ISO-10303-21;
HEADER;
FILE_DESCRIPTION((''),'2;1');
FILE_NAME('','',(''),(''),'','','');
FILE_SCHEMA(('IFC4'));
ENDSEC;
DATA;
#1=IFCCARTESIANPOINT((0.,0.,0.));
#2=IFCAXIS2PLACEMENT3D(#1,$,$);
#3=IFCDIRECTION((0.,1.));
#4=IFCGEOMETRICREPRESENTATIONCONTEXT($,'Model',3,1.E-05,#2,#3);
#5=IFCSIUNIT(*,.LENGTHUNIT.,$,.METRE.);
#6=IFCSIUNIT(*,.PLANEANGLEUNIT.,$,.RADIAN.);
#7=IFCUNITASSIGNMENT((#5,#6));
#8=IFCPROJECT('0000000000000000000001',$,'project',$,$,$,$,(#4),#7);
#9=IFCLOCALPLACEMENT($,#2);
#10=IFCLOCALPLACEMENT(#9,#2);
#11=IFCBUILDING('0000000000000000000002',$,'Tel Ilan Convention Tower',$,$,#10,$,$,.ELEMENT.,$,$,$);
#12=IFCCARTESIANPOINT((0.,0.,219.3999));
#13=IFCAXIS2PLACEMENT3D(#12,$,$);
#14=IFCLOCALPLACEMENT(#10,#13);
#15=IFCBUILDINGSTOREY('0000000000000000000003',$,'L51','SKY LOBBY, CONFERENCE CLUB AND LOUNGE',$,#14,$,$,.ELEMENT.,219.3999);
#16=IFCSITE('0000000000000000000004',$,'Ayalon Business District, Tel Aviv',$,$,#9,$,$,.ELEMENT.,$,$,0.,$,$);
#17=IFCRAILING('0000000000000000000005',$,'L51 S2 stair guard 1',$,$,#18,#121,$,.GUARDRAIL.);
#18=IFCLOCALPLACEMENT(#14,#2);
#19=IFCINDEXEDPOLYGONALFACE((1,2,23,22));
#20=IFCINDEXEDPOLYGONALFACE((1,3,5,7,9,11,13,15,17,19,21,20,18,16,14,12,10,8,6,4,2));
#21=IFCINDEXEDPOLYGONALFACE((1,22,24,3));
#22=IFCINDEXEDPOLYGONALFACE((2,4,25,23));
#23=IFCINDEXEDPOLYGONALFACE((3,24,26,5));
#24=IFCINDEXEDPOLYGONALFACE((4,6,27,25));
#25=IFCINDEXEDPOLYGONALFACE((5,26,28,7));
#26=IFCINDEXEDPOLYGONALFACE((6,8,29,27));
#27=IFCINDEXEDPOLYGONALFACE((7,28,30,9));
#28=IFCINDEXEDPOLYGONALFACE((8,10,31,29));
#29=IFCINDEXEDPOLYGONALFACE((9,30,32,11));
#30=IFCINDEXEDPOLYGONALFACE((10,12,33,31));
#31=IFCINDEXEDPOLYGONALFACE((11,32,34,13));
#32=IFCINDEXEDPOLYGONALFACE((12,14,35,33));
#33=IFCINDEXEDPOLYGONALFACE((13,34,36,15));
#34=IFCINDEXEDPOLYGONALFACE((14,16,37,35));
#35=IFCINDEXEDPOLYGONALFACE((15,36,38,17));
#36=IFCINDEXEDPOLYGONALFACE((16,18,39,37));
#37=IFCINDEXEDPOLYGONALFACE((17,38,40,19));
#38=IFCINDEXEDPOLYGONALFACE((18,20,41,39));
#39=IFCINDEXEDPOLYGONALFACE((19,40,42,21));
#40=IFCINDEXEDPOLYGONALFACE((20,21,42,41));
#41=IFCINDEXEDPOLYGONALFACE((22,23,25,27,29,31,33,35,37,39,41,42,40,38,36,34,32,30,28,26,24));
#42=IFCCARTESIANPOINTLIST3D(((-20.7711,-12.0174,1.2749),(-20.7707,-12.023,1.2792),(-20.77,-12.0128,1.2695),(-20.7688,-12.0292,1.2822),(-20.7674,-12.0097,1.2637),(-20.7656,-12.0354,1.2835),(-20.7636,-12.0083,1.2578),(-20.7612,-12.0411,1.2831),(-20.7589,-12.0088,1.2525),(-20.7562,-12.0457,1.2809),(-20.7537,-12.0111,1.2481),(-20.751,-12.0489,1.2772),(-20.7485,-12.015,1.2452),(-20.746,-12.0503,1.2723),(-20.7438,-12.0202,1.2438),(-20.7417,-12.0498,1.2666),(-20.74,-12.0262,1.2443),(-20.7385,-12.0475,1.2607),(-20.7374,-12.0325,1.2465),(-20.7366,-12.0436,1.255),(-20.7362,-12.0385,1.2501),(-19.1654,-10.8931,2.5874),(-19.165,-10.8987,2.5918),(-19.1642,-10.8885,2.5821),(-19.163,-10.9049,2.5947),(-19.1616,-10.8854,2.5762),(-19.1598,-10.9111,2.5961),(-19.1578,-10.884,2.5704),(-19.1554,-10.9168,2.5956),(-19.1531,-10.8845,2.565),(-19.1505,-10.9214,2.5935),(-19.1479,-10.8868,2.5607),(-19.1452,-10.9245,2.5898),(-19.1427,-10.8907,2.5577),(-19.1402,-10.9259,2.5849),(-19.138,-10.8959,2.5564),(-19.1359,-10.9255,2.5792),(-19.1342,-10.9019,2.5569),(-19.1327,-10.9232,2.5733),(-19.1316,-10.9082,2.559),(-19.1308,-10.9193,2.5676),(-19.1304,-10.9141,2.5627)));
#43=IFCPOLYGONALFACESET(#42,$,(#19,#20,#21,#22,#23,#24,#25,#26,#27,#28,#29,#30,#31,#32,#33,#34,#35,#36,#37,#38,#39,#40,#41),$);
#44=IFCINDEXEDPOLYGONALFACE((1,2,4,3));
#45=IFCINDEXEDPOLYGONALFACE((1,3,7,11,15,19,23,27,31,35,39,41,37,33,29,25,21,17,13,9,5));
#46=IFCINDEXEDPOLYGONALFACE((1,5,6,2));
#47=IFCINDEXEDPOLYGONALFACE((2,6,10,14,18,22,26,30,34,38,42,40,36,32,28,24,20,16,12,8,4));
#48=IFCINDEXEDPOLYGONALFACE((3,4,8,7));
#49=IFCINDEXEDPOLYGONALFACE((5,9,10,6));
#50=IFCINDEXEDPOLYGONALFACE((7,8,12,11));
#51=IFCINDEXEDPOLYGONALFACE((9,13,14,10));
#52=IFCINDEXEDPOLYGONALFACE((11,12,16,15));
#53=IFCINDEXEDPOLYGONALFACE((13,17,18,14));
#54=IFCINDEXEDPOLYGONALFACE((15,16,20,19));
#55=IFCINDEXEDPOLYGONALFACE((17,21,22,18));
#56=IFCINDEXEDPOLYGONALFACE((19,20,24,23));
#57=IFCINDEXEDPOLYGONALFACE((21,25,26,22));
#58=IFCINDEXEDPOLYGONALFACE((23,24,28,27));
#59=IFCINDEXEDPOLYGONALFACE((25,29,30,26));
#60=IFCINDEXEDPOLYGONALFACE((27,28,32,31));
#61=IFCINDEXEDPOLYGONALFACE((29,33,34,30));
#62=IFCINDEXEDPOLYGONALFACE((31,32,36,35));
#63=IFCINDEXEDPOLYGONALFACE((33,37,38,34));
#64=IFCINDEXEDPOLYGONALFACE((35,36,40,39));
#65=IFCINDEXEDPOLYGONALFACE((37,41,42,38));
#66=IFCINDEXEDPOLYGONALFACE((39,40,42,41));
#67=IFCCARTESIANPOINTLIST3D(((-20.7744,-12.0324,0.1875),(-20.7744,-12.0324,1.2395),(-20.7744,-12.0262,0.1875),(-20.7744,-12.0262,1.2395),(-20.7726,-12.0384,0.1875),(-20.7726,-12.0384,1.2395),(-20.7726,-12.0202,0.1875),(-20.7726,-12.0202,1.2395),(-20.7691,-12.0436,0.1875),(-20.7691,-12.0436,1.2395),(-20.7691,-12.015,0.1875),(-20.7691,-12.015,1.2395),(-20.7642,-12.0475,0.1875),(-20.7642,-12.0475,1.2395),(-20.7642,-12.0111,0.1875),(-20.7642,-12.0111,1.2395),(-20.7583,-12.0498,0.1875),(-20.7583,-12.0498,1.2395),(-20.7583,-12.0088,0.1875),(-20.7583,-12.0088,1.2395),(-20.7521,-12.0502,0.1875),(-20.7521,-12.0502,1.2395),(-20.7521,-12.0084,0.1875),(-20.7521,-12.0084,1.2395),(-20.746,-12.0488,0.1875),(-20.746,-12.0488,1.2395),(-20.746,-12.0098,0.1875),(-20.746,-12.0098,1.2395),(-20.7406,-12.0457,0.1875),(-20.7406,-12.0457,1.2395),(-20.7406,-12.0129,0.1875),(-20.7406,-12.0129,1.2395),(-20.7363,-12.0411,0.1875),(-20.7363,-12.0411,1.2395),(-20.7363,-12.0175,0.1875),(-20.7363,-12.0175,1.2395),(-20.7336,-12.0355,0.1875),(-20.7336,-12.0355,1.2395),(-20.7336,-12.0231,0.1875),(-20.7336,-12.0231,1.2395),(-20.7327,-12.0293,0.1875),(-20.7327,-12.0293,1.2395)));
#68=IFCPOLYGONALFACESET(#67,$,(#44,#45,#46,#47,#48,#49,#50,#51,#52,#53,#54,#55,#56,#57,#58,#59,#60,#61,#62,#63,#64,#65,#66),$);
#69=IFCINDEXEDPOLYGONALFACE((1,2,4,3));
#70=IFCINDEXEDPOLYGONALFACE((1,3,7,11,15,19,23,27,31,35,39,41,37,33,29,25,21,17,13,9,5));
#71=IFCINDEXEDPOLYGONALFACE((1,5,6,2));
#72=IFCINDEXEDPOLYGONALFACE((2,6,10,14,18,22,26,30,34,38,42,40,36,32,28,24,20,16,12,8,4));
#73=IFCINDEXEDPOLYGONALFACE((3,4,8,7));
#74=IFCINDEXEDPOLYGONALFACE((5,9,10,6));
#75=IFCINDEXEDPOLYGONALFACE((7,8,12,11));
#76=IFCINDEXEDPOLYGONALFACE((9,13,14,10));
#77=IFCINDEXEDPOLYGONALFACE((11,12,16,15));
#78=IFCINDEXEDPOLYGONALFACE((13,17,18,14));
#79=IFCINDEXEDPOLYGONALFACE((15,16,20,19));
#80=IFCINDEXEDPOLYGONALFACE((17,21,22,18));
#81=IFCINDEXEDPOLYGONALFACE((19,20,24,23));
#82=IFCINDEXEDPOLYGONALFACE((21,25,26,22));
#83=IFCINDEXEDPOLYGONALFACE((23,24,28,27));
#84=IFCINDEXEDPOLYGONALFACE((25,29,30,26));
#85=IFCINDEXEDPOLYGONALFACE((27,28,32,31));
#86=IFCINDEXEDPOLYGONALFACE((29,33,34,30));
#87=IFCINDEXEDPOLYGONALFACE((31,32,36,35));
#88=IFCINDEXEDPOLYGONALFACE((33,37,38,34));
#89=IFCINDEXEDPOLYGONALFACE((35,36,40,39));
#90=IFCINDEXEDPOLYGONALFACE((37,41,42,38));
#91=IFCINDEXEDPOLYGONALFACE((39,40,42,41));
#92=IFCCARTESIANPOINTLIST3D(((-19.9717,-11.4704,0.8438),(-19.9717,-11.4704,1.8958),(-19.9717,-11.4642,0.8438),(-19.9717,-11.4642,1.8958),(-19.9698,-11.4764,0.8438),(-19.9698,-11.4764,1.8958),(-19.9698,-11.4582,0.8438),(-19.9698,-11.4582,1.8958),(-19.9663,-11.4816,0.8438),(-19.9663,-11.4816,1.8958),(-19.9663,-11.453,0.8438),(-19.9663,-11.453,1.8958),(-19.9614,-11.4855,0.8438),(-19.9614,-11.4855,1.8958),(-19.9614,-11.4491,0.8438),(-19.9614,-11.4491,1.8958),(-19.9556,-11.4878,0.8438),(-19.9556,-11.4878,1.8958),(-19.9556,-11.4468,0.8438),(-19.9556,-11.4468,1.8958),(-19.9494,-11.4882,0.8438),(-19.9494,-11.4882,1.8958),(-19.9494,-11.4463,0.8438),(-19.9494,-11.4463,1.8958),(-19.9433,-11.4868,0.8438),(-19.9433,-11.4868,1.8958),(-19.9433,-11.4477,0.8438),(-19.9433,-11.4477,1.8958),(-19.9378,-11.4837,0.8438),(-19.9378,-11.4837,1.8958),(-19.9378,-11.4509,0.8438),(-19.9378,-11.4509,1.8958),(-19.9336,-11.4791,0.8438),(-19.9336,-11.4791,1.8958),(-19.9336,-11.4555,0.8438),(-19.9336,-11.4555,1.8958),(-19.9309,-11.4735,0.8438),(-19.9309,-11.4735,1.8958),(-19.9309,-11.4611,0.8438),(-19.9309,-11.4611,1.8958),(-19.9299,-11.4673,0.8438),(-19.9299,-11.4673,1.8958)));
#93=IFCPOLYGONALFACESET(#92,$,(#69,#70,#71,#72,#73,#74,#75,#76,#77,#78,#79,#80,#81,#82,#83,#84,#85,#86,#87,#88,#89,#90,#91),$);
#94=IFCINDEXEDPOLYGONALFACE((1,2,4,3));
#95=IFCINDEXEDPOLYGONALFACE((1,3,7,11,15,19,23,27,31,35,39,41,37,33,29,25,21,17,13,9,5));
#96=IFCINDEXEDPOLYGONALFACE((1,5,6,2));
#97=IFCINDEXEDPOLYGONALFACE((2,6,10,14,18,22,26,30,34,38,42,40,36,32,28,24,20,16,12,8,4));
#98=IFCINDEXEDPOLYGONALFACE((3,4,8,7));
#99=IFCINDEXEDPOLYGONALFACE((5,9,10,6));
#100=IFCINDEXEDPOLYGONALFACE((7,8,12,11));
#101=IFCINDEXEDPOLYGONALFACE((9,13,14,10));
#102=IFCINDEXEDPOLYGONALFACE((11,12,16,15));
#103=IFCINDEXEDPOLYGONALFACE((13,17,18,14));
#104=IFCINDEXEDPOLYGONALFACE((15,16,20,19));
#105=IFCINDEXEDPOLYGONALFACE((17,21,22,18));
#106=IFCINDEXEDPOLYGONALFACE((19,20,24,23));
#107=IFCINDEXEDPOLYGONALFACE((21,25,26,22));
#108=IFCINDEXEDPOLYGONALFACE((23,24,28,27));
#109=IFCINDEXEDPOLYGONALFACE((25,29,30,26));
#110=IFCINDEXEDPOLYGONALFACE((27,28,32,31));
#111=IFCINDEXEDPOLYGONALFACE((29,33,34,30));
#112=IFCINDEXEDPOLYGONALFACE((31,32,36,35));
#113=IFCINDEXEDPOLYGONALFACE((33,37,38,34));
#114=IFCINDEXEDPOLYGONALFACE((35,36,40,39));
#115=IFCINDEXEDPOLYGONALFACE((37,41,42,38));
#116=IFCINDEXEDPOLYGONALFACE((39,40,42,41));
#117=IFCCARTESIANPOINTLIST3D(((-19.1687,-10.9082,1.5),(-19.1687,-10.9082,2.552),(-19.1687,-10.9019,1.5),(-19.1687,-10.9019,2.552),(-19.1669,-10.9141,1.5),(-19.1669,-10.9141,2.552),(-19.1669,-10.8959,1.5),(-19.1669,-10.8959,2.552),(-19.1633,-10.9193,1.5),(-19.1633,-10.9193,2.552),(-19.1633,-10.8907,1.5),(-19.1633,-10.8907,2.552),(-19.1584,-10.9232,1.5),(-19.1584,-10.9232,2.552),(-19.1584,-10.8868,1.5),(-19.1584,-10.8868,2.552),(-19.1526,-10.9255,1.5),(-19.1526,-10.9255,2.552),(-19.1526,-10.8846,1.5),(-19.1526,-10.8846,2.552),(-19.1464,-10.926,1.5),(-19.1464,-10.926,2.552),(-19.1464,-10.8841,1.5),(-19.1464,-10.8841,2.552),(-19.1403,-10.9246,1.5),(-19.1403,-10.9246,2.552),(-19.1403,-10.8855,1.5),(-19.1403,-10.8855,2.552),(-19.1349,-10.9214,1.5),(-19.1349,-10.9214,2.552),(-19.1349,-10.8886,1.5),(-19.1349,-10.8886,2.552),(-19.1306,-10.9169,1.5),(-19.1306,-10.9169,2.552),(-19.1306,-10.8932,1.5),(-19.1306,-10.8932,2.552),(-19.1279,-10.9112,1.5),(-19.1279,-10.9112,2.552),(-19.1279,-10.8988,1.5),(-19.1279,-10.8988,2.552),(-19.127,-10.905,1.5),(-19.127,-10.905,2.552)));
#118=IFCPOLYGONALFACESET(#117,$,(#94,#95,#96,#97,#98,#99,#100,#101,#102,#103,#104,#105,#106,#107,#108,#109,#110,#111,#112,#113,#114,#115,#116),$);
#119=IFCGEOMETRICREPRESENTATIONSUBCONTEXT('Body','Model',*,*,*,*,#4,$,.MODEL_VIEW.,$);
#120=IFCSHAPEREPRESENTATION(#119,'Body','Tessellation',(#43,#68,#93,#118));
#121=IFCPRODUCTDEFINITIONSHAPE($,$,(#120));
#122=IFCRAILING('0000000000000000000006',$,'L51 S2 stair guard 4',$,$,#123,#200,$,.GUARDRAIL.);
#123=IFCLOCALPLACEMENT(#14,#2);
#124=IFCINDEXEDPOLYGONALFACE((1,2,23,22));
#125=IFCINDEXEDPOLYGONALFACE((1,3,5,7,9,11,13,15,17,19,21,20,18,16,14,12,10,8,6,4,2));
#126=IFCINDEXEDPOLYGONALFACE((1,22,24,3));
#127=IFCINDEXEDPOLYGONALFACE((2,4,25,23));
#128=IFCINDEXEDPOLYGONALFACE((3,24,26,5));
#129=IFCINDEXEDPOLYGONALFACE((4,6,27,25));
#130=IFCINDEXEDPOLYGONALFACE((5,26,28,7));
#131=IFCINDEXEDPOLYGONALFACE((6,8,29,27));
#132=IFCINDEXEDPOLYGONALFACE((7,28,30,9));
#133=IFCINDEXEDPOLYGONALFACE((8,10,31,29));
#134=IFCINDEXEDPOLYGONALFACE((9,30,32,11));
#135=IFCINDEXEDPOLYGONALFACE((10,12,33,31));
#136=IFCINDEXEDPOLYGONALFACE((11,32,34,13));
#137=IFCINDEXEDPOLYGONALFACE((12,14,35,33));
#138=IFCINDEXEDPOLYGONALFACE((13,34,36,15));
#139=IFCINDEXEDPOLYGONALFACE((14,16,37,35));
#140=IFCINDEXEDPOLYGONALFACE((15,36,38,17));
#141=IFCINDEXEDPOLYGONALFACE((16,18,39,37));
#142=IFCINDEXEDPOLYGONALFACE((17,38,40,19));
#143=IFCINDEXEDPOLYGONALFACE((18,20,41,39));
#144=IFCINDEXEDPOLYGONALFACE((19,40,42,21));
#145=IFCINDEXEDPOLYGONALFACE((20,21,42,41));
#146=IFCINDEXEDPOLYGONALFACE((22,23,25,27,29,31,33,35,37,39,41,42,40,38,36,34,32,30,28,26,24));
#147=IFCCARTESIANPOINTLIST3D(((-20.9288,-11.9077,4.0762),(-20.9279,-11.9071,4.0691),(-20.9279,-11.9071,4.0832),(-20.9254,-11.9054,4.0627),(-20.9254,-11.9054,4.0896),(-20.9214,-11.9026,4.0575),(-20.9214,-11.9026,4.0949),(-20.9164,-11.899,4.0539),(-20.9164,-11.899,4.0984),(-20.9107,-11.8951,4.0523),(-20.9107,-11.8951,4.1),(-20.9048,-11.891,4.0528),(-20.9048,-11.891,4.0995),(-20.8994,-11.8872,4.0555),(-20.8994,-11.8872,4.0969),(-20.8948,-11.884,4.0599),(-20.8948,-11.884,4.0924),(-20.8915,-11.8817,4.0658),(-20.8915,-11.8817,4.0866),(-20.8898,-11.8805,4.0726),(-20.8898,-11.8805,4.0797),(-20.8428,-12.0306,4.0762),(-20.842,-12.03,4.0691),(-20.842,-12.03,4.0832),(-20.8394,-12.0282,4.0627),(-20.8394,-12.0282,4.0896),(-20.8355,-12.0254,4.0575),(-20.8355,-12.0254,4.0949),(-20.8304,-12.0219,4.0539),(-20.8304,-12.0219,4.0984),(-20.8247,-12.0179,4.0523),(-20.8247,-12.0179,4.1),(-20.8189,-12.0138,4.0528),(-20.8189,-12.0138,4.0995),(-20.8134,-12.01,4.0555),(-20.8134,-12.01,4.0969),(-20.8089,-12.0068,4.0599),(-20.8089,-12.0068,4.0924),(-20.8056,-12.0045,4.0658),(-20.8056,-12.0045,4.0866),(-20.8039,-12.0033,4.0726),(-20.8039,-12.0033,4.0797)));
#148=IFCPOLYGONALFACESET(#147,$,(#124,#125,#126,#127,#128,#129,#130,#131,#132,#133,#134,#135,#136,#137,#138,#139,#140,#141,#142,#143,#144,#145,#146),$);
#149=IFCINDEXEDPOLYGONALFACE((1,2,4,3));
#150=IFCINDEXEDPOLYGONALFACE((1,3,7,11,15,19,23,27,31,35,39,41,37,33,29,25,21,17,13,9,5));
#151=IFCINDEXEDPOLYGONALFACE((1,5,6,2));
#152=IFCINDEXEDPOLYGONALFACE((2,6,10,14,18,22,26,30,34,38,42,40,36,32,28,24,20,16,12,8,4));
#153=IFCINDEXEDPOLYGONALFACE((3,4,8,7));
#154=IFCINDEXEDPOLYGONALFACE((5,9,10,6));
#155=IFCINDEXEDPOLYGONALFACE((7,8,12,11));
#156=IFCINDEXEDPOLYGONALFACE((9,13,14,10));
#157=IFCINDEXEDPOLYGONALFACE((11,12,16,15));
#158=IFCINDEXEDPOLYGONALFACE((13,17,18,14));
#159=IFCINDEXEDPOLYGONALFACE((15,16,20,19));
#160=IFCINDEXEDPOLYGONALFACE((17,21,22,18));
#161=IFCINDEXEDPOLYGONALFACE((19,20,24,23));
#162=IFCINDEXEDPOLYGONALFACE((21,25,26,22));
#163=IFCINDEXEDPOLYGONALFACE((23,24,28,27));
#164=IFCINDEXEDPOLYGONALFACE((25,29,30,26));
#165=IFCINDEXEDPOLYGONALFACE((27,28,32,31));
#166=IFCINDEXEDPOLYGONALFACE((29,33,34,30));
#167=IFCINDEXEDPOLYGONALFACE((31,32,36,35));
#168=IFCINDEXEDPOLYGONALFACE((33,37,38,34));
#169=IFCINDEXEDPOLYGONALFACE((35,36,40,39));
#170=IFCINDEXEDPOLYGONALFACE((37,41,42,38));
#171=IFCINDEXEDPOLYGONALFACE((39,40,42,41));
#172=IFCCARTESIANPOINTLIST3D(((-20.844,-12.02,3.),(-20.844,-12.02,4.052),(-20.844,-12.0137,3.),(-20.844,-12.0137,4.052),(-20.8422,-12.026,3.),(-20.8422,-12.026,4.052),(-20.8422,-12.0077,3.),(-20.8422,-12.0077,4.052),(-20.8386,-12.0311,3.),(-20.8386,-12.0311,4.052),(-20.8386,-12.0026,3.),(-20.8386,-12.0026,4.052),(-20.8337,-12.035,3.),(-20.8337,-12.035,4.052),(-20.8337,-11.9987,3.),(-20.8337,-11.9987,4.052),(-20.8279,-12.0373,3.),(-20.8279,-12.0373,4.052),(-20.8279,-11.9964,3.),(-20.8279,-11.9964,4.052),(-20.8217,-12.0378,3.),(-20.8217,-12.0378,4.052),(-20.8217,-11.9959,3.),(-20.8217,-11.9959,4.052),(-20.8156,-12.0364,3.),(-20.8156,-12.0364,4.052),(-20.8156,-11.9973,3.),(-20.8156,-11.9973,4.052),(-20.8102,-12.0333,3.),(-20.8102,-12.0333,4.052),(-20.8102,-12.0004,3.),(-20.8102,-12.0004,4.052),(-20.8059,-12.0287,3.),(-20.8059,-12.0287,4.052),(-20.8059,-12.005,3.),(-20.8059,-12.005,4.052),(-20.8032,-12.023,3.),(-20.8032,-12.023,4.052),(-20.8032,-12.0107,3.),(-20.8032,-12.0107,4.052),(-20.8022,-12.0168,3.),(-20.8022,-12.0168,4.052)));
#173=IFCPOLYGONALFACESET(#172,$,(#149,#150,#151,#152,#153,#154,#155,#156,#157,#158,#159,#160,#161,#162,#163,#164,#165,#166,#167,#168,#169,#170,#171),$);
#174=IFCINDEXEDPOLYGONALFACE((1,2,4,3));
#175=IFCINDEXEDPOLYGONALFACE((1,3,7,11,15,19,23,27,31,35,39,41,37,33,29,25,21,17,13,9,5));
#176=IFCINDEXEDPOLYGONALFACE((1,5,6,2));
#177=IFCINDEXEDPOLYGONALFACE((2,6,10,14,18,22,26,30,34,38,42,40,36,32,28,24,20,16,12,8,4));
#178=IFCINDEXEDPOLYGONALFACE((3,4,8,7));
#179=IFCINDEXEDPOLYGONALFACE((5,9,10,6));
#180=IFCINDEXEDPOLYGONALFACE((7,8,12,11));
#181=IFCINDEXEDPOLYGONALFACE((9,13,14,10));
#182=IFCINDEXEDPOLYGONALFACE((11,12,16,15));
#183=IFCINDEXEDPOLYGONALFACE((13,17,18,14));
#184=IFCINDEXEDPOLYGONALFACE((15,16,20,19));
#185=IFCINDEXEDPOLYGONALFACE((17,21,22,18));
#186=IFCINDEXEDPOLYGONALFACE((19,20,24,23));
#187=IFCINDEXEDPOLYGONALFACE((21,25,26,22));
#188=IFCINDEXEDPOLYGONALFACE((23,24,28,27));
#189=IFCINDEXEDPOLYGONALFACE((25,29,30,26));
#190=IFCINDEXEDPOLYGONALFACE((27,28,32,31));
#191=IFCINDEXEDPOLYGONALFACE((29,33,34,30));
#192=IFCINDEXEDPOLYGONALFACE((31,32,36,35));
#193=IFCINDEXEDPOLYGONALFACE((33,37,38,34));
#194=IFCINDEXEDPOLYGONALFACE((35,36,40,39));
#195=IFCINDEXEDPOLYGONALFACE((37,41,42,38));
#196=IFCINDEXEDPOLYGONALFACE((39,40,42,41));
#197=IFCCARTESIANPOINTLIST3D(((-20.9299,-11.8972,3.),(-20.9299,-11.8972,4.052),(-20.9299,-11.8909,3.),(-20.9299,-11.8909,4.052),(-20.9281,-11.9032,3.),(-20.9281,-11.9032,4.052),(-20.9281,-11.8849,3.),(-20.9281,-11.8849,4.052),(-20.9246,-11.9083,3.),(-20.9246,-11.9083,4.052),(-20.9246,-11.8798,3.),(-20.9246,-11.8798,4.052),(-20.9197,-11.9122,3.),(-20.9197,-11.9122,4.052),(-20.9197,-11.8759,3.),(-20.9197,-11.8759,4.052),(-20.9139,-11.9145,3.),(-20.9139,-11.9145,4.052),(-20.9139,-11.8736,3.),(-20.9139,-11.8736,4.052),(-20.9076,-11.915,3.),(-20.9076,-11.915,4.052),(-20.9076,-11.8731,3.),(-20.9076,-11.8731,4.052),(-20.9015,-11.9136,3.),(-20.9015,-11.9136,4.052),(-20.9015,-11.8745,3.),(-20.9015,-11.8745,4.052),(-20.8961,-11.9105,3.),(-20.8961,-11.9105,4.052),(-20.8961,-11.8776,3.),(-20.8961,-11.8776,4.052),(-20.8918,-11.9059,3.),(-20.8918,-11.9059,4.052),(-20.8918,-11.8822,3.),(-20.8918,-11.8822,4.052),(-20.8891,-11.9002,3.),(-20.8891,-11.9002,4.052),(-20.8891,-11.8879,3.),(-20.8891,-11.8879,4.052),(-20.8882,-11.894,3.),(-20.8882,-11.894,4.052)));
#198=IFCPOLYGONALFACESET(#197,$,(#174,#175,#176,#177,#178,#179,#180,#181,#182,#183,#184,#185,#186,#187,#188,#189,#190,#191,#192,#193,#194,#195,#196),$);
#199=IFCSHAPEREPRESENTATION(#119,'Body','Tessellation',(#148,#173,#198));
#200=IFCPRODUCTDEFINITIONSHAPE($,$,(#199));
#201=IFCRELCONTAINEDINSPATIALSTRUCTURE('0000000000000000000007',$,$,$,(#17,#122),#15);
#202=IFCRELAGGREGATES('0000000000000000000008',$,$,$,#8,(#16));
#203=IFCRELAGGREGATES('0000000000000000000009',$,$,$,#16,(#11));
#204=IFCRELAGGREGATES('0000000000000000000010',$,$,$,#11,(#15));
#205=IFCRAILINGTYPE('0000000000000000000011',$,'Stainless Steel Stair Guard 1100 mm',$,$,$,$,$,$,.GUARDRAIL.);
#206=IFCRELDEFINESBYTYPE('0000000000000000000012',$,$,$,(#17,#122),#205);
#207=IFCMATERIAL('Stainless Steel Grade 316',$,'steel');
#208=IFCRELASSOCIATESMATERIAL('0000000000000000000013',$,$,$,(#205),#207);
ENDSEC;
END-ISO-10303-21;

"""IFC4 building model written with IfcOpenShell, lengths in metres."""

from ifc_helpers import new_model, si_unit, direction, frame, origin, origin_2d, place, context, subcontext, project, spatial, circle, extrude, material, type_object, element, save


model = new_model("IFC4")

# Units and contexts
model_context = context("Model", 3, precision=1e-05, world=origin(), true_north=direction((0.0, 1.0)))
body_context = subcontext(model_context, "Body", "Model", "MODEL_VIEW")
ifc_project = project(units=[si_unit("LENGTHUNIT", "METRE"), si_unit("PLANEANGLEUNIT", "RADIAN")], contexts=[model_context])

# Site, building, storey
site_placement = place(None, origin())
site = spatial("IfcSite", under=ifc_project, at=site_placement, Name="Ayalon Business District, Tel Aviv", CompositionType="ELEMENT", RefElevation=0.0)
building_placement = place(site_placement, origin())
building = spatial("IfcBuilding", under=site, at=building_placement, Name="Tel Ilan Convention Tower", CompositionType="ELEMENT")
storey_placement = place(building_placement, frame((0.0, 0.0, 219.3999)))
storey = spatial("IfcBuildingStorey", under=building, at=storey_placement, Name="L51", Description="SKY LOBBY, CONFERENCE CLUB AND LOUNGE", CompositionType="ELEMENT", Elevation=219.3999)

# Railings
ifc_material_1 = material(Name="Stainless Steel Grade 316", Category="steel")
railing_type_1 = type_object("IfcRailingType", Name="Stainless Steel Stair Guard 1100 mm", PredefinedType="GUARDRAIL", material=ifc_material_1)
railing_1_placement = place(storey_placement, frame((-20.7537, -12.0293, 0.1875)))
element("IfcRailing", 1, at=railing_1_placement, inside=storey, type_object=railing_type_1, Name="L51 S2 stair guard 1", PredefinedType="GUARDRAIL", context=body_context, shape_type="SweptSolid", body=[
    extrude(circle(Radius=0.0239, at=origin_2d()), frame((0.0, 0.0, 1.0762), z_axis=(0.680671, 0.476584, 0.556376), x_axis=(-0.573554, 0.819168, 0.0)), (0.0, 0.0, 1.0), 2.3591),
    extrude(circle(Radius=0.021, at=origin_2d()), origin(), (0.0, 0.0, 1.0), 1.052),
    extrude(circle(Radius=0.021, at=origin_2d()), frame((0.8027, 0.562, 0.6562)), (0.0, 0.0, 1.0), 1.052),
    extrude(circle(Radius=0.021, at=origin_2d()), frame((1.6057, 1.1243, 1.3125)), (0.0, 0.0, 1.0), 1.052),
])
railing_2_placement = place(storey_placement, frame((-20.8232, -12.0168, 3.0)))
element("IfcRailing", 2, at=railing_2_placement, inside=storey, type_object=railing_type_1, Name="L51 S2 stair guard 4", PredefinedType="GUARDRAIL", context=body_context, shape_type="SweptSolid", body=[
    extrude(circle(Radius=0.0239, at=origin_2d()), frame((0.0, 0.0, 1.0762), z_axis=(-0.573353, 0.819308, 0.0), x_axis=(-0.819308, -0.573353, 0.0)), (0.0, 0.0, 1.0), 0.1499),
    extrude(circle(Radius=0.021, at=origin_2d()), origin(), (0.0, 0.0, 1.0), 1.052),
    extrude(circle(Radius=0.021, at=origin_2d()), frame((-0.0859, 0.1228, 0.0)), (0.0, 0.0, 1.0), 1.052),
])

save(model, "model.ifc")
